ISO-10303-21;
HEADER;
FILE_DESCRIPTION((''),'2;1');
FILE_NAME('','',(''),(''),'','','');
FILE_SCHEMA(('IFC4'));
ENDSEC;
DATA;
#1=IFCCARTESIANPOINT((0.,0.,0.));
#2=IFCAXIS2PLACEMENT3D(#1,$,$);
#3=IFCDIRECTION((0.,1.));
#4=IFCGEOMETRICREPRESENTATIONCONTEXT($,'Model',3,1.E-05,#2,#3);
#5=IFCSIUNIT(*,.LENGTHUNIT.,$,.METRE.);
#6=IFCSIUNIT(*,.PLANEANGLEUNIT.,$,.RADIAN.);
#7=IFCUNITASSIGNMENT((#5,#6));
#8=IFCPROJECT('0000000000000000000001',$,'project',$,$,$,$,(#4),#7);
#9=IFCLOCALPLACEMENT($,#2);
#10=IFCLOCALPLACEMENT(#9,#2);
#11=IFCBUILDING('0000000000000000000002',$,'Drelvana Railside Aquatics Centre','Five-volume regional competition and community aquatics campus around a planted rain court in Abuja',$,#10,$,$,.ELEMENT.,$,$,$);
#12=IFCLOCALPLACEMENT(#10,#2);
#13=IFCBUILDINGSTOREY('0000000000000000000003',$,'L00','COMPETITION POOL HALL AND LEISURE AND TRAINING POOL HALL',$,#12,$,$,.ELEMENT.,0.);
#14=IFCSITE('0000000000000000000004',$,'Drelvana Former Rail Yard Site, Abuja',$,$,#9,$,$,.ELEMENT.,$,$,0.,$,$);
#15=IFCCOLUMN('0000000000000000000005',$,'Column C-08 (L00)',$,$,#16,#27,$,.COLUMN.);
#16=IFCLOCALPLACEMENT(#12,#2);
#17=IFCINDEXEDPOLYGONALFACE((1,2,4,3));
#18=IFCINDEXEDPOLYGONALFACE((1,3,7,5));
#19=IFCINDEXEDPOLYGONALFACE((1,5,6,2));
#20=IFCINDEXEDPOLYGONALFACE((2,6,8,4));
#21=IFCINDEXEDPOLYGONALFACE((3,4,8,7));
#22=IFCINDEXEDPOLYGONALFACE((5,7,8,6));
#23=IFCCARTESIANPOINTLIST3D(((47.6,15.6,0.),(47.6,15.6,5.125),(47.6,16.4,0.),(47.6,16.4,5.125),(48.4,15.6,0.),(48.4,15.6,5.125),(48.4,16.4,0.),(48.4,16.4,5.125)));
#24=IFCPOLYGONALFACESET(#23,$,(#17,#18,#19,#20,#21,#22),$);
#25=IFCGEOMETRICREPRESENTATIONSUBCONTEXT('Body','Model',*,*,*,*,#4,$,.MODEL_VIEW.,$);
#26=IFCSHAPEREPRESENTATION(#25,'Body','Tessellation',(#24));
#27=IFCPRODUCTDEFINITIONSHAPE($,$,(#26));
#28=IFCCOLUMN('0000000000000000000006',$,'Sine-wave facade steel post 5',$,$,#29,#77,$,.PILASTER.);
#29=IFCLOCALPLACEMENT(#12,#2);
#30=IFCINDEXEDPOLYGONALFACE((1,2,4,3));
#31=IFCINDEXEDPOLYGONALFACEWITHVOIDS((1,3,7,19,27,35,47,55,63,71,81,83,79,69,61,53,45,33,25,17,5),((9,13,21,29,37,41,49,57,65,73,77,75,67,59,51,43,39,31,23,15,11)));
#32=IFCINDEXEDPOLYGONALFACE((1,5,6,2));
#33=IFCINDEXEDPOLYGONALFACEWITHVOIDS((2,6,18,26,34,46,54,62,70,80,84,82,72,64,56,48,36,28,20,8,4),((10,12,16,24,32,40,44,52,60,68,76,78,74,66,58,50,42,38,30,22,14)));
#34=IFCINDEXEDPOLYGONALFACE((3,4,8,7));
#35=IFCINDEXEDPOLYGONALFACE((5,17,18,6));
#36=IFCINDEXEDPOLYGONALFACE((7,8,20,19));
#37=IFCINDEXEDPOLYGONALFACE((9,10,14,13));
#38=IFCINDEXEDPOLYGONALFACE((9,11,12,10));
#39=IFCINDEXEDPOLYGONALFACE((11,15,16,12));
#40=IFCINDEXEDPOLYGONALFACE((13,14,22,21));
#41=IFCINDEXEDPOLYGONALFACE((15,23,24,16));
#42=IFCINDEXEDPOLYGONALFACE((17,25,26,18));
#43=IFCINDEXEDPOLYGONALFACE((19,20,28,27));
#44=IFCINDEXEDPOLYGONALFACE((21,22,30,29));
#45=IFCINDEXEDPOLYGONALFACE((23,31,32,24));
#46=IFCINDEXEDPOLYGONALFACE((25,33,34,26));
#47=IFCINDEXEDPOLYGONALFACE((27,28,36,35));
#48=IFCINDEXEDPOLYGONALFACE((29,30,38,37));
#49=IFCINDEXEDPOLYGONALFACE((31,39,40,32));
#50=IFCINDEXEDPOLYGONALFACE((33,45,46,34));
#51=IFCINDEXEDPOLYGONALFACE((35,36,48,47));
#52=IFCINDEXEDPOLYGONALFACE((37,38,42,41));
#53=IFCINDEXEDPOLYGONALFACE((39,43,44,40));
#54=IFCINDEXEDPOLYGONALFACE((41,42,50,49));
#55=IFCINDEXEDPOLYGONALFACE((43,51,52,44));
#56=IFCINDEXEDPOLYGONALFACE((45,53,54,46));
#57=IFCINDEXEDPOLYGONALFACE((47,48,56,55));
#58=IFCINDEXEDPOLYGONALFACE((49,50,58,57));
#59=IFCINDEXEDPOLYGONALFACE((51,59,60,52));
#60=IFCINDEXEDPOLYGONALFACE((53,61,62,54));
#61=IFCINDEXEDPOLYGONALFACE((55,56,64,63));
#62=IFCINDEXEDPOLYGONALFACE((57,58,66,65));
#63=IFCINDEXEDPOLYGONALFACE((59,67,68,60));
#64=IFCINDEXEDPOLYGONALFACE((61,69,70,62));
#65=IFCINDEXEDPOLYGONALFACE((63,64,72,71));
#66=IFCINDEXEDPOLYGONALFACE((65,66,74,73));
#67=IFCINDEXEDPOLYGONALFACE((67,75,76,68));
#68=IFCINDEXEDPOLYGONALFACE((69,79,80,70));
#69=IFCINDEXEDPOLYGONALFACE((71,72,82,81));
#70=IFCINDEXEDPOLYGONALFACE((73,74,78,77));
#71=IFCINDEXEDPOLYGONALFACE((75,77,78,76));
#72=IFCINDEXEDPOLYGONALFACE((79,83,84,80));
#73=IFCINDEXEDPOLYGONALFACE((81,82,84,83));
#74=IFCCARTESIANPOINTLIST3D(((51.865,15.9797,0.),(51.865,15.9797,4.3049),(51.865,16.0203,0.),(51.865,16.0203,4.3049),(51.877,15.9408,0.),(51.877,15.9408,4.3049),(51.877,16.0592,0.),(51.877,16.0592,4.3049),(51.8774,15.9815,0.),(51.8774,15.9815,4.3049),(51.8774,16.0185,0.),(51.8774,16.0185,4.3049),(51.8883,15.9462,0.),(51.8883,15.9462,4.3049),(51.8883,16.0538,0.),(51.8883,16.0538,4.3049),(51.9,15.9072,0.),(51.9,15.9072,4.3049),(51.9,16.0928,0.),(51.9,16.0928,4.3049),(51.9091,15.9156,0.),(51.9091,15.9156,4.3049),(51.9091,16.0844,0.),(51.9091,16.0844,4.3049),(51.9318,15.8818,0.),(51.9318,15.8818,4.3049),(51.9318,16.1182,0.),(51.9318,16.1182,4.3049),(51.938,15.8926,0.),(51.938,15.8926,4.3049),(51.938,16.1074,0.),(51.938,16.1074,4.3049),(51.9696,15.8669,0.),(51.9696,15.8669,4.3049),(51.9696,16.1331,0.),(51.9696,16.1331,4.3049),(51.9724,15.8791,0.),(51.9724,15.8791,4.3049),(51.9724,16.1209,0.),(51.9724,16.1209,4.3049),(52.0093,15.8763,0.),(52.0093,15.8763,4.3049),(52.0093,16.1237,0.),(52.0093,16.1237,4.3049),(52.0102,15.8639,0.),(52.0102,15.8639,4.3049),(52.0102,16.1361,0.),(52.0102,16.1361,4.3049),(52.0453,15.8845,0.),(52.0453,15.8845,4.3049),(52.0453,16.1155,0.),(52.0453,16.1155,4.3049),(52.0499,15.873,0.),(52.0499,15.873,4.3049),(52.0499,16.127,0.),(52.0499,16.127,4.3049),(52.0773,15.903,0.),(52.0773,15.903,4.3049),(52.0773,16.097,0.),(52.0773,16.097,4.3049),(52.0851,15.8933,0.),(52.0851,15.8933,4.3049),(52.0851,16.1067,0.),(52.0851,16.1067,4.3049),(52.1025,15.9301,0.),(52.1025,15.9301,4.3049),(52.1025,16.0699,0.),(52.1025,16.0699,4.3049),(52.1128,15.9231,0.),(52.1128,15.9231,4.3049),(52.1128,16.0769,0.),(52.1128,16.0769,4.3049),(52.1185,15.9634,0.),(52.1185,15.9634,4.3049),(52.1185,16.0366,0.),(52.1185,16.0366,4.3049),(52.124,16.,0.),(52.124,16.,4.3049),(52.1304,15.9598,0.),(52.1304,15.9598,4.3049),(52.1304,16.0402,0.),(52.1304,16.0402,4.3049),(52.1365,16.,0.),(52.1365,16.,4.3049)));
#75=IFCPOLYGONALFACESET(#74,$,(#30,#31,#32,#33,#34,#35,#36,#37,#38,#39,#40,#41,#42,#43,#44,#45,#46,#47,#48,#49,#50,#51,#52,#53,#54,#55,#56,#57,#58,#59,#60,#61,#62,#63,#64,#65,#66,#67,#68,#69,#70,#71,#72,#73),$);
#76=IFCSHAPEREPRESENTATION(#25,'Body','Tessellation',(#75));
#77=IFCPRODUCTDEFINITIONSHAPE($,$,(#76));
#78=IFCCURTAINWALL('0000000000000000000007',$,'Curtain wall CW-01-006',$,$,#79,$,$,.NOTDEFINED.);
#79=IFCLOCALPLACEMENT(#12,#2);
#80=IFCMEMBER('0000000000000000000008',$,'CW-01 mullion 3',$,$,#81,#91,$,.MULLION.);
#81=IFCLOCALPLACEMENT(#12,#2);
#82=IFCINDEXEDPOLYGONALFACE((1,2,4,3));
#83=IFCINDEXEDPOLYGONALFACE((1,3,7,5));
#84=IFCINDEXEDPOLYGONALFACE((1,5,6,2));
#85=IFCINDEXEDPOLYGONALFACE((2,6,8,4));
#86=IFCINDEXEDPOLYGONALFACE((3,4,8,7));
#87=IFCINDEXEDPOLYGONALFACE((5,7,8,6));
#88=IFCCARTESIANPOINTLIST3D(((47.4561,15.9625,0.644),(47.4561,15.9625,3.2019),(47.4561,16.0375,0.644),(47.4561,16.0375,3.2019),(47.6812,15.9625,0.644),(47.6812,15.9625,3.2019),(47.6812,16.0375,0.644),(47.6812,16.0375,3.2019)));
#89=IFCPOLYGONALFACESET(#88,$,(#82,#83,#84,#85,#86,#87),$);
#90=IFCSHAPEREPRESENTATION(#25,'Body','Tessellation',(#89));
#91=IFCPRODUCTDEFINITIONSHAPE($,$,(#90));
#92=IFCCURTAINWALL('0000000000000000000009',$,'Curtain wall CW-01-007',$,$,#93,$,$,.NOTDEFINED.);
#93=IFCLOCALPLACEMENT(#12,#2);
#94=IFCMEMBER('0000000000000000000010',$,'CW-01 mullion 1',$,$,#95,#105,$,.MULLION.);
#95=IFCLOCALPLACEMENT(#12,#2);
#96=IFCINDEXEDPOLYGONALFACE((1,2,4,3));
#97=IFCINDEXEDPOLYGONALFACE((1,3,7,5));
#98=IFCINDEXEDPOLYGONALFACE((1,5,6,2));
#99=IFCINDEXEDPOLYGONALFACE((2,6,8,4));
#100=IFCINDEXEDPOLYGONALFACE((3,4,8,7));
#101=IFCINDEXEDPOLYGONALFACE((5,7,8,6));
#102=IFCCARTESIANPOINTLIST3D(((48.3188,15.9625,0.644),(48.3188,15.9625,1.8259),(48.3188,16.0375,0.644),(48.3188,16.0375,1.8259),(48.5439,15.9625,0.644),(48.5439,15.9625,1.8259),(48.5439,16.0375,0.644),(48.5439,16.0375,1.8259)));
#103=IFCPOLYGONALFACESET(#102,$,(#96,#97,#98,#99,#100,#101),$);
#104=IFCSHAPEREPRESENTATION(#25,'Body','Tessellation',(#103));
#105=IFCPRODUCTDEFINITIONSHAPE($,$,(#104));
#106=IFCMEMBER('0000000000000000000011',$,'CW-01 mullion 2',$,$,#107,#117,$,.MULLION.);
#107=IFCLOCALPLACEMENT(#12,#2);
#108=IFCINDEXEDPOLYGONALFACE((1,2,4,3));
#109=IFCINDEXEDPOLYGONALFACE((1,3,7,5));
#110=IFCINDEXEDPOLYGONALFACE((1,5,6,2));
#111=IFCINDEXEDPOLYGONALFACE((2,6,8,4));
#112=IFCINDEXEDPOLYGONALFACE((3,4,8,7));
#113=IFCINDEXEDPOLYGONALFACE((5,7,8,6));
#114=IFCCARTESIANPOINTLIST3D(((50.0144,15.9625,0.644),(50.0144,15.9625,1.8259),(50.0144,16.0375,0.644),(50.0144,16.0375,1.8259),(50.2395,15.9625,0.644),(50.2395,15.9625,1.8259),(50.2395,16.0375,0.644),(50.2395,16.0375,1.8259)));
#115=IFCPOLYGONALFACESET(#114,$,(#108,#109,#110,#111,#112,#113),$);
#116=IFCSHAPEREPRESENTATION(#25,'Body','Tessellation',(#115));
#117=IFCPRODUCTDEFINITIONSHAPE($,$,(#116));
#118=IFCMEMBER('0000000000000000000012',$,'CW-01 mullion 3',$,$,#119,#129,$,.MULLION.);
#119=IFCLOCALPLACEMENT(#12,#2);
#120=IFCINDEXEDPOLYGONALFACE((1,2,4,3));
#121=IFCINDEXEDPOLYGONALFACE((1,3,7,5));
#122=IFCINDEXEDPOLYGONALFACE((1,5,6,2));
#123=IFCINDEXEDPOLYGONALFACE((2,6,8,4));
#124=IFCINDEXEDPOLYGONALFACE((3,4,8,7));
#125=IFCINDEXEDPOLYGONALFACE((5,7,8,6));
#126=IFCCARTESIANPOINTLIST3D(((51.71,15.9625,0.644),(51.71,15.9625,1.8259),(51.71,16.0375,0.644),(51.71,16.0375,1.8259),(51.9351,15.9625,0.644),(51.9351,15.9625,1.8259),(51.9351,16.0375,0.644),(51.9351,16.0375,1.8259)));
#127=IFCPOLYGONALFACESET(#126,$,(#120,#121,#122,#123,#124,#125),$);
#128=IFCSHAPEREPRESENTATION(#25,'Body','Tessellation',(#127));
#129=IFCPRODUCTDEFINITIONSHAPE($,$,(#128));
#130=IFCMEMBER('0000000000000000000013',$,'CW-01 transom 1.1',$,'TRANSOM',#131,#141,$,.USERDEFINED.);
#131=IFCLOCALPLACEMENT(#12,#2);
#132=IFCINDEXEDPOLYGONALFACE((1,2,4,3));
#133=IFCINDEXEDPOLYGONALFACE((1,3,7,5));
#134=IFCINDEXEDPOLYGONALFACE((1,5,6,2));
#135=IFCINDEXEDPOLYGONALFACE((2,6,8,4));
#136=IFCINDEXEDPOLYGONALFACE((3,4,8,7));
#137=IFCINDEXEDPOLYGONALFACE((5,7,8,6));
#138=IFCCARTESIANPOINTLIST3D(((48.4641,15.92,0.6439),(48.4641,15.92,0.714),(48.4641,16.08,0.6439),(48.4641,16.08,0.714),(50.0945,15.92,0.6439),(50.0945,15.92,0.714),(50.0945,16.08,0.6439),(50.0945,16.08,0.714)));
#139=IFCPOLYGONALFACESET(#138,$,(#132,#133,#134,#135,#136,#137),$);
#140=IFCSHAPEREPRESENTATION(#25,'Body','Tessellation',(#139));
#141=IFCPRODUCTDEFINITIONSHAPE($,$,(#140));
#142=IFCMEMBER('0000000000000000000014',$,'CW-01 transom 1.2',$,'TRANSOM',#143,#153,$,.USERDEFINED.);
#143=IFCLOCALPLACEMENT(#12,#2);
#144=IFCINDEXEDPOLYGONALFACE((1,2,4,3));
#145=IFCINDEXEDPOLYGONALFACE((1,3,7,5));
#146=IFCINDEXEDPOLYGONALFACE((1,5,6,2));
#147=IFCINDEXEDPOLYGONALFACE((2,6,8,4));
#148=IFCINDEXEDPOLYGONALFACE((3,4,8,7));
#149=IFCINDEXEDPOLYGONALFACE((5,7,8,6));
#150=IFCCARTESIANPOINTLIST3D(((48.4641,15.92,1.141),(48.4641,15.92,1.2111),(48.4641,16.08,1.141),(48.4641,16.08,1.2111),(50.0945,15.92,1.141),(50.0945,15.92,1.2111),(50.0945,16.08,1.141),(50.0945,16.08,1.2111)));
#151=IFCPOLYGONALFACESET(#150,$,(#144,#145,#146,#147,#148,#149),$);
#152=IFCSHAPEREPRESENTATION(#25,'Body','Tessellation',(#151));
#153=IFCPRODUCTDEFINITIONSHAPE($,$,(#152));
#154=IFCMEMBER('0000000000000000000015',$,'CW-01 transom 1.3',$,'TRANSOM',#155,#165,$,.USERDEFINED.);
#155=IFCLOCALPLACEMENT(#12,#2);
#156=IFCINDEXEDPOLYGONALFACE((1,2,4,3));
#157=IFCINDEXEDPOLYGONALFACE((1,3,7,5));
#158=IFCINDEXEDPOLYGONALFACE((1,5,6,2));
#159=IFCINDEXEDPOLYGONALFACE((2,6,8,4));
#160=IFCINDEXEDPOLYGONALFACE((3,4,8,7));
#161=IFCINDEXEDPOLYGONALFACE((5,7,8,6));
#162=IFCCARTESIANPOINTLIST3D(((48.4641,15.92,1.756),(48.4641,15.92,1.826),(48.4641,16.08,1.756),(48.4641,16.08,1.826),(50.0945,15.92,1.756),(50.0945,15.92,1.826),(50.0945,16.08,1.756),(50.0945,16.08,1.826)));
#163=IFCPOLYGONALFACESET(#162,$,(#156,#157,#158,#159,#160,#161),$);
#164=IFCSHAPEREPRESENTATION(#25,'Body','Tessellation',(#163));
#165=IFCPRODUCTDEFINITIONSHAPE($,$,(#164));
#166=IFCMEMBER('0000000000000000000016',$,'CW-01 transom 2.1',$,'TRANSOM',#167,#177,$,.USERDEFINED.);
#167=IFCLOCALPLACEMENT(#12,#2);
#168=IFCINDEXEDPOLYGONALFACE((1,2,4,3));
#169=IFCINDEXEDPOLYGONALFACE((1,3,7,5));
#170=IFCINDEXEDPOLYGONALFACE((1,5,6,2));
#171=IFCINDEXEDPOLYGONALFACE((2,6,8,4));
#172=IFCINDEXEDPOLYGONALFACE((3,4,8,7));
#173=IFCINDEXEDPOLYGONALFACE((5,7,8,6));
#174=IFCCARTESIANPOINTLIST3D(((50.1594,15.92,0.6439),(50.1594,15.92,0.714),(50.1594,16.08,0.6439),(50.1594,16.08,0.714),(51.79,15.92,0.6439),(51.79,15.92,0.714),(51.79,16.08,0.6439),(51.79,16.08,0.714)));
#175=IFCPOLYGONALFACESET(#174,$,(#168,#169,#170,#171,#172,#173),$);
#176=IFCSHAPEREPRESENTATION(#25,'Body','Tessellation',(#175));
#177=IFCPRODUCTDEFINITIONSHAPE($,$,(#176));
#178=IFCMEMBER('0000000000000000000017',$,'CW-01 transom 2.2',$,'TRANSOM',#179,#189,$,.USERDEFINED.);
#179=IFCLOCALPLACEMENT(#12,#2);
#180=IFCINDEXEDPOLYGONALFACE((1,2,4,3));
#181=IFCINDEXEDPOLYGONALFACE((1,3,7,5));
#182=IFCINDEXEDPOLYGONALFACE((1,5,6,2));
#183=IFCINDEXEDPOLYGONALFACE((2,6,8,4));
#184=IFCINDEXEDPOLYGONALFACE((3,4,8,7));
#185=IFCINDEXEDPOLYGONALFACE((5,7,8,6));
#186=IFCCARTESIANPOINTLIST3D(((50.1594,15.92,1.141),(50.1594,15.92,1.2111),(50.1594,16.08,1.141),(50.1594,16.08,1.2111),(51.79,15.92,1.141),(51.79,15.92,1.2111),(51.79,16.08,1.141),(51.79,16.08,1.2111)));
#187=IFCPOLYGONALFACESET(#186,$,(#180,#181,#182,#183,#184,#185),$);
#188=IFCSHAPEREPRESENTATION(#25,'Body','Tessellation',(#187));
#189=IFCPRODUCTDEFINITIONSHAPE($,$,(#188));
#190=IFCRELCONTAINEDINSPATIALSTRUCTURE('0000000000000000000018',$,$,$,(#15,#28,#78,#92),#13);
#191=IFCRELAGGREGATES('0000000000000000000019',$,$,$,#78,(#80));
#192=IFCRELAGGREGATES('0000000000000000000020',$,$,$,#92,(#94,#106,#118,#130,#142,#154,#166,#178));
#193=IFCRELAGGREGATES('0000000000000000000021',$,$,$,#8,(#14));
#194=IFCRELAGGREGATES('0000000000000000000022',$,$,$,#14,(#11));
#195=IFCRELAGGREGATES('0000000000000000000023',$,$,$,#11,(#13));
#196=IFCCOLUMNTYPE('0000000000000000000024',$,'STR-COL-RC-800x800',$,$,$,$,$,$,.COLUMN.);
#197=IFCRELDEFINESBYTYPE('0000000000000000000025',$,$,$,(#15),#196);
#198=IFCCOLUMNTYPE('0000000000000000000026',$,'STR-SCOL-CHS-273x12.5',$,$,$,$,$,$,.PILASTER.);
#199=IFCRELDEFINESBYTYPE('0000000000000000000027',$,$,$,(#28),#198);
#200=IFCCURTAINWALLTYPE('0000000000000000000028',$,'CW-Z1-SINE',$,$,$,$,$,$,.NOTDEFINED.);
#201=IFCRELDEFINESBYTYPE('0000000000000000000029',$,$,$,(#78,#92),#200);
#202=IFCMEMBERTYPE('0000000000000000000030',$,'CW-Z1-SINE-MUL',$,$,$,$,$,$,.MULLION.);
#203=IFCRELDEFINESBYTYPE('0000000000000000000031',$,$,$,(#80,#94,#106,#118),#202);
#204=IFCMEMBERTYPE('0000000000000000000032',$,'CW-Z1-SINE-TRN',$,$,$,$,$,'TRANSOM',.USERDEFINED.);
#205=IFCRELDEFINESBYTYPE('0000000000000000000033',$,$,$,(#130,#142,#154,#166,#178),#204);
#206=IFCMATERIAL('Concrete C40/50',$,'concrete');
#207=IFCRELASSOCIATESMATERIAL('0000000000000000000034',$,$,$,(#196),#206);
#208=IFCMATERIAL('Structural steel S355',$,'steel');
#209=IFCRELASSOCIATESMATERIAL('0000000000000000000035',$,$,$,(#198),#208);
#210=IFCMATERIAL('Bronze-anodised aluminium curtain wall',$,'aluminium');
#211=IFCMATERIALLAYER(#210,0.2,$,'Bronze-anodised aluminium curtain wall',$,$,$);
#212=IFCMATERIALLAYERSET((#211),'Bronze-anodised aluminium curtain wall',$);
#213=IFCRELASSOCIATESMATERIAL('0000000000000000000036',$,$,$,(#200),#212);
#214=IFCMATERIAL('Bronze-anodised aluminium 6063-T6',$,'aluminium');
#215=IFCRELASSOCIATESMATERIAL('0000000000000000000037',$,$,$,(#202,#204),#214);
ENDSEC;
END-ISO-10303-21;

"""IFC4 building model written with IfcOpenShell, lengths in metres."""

from ifc_helpers import new_model, si_unit, direction, frame, origin, origin_2d, place, context, subcontext, project, spatial, rectangle, hollow_circle, extrude, material, layer, layer_set, material_profile, profile_set, type_object, element, aggregate, save


model = new_model("IFC4")

# Units and contexts
model_context = context("Model", 3, precision=1e-05, world=origin(), true_north=direction((0.0, 1.0)))
body_context = subcontext(model_context, "Body", "Model", "MODEL_VIEW")
ifc_project = project(units=[si_unit("LENGTHUNIT", "METRE"), si_unit("PLANEANGLEUNIT", "RADIAN")], contexts=[model_context])

# Site, building, storey
site_placement = place(None, origin())
site = spatial("IfcSite", under=ifc_project, at=site_placement, Name="Drelvana Former Rail Yard Site, Abuja", CompositionType="ELEMENT", RefElevation=0.0)
building_placement = place(site_placement, origin())
building = spatial("IfcBuilding", under=site, at=building_placement, Name="Drelvana Railside Aquatics Centre", Description="Five-volume regional competition and community aquatics campus around a planted rain court in Abuja", CompositionType="ELEMENT")
storey_placement = place(building_placement, origin())
storey = spatial("IfcBuildingStorey", under=building, at=storey_placement, Name="L00", Description="COMPETITION POOL HALL AND LEISURE AND TRAINING POOL HALL", CompositionType="ELEMENT", Elevation=0.0)

# Columns
ifc_material_1 = material(Name="Concrete C40/50", Category="concrete")
ifc_material_profile_1 = material_profile(ifc_material_1, rectangle(XDim=0.8, YDim=0.8, at=origin_2d()), Name="RC 800x800")
ifc_profile_set_1 = profile_set([ifc_material_profile_1], Name="Concrete C40/50")
column_type_1 = type_object("IfcColumnType", Name="STR-COL-RC-800x800", PredefinedType="COLUMN", material=ifc_profile_set_1)
column_1_placement = place(storey_placement, frame((48.0, 16.0, 0.0), z_axis=(0.0, 0.0, 1.0), x_axis=(1.0, 0.0, 0.0)))
element("IfcColumn", 1, at=column_1_placement, inside=storey, type_object=column_type_1, Name="Column C-08 (L00)", PredefinedType="COLUMN", context=body_context, shape_type="SweptSolid", body=[
    extrude(rectangle(XDim=0.8, YDim=0.8, at=origin_2d()), origin(), (0.0, 0.0, 1.0), 5.125),
])
ifc_material_2 = material(Name="Structural steel S355", Category="steel")
ifc_material_profile_2 = material_profile(ifc_material_2, hollow_circle(Radius=0.1365, WallThickness=0.0125, at=origin_2d()), Name="CHS 273x12.5")
ifc_profile_set_2 = profile_set([ifc_material_profile_2], Name="Structural steel S355")
column_type_2 = type_object("IfcColumnType", Name="STR-SCOL-CHS-273x12.5", PredefinedType="PILASTER", material=ifc_profile_set_2)
column_2_placement = place(storey_placement, frame((52.0, 16.0, 0.0), z_axis=(0.0, 0.0, 1.0), x_axis=(1.0, 0.0, 0.0)))
element("IfcColumn", 2, at=column_2_placement, inside=storey, type_object=column_type_2, Name="Sine-wave facade steel post 5", PredefinedType="PILASTER", context=body_context, shape_type="SweptSolid", body=[
    extrude(hollow_circle(Radius=0.1365, WallThickness=0.0125, at=origin_2d()), origin(), (0.0, 0.0, 1.0), 4.3049),
])

# Curtain wall, member
ifc_material_3 = material(Name="Bronze-anodised aluminium curtain wall", Category="aluminium")
ifc_layer_1 = layer(ifc_material_3, 0.2, Name="Bronze-anodised aluminium curtain wall")
ifc_layer_set_1 = layer_set([ifc_layer_1], Name="Bronze-anodised aluminium curtain wall")
curtain_wall_type = type_object("IfcCurtainWallType", Name="CW-Z1-SINE", PredefinedType="NOTDEFINED", material=ifc_layer_set_1)
curtain_wall_1_placement = place(storey_placement, origin())
curtain_wall_1 = element("IfcCurtainWall", 3, at=curtain_wall_1_placement, inside=storey, type_object=curtain_wall_type, Name="Curtain wall CW-01-006", PredefinedType="NOTDEFINED")
ifc_material_4 = material(Name="Bronze-anodised aluminium 6063-T6", Category="aluminium")
ifc_material_profile_3 = material_profile(ifc_material_4, rectangle(XDim=0.075, YDim=0.2251, at=origin_2d()), Name="ALU-M 75x225")
ifc_profile_set_3 = profile_set([ifc_material_profile_3], Name="Bronze-anodised aluminium 6063-T6")
member_type_1 = type_object("IfcMemberType", Name="CW-Z1-SINE-MUL", PredefinedType="MULLION", material=ifc_profile_set_3)
member_1_placement = place(storey_placement, frame((47.5686, 16.0, 0.644), z_axis=(0.0, 0.0, 1.0), x_axis=(0.0, 1.0, 0.0)))
member_1 = element("IfcMember", 4, at=member_1_placement, type_object=member_type_1, Name="CW-01 mullion 3", PredefinedType="MULLION", context=body_context, shape_type="SweptSolid", body=[
    extrude(rectangle(XDim=0.075, YDim=0.2251, at=origin_2d()), origin(), (0.0, 0.0, 1.0), 2.5579),
])
aggregate(curtain_wall_1, [member_1])

# Curtain wall, members
curtain_wall_2_placement = place(storey_placement, origin())
curtain_wall_2 = element("IfcCurtainWall", 5, at=curtain_wall_2_placement, inside=storey, type_object=curtain_wall_type, Name="Curtain wall CW-01-007", PredefinedType="NOTDEFINED")
member_2_placement = place(storey_placement, frame((48.4314, 16.0, 0.644), z_axis=(0.0, 0.0, 1.0), x_axis=(0.0, 1.0, 0.0)))
member_2 = element("IfcMember", 6, at=member_2_placement, type_object=member_type_1, Name="CW-01 mullion 1", PredefinedType="MULLION", context=body_context, shape_type="SweptSolid", body=[
    extrude(rectangle(XDim=0.075, YDim=0.2251, at=origin_2d()), origin(), (0.0, 0.0, 1.0), 1.1819),
])
member_3_placement = place(storey_placement, frame((50.127, 16.0, 0.644), z_axis=(0.0, 0.0, 1.0), x_axis=(0.0, 1.0, 0.0)))
member_3 = element("IfcMember", 7, at=member_3_placement, type_object=member_type_1, Name="CW-01 mullion 2", PredefinedType="MULLION", context=body_context, shape_type="SweptSolid", body=[
    extrude(rectangle(XDim=0.075, YDim=0.2251, at=origin_2d()), origin(), (0.0, 0.0, 1.0), 1.1819),
])
member_4_placement = place(storey_placement, frame((51.8225, 16.0, 0.644), z_axis=(0.0, 0.0, 1.0), x_axis=(0.0, 1.0, 0.0)))
member_4 = element("IfcMember", 8, at=member_4_placement, type_object=member_type_1, Name="CW-01 mullion 3", PredefinedType="MULLION", context=body_context, shape_type="SweptSolid", body=[
    extrude(rectangle(XDim=0.075, YDim=0.2251, at=origin_2d()), origin(), (0.0, 0.0, 1.0), 1.1819),
])
ifc_material_profile_4 = material_profile(ifc_material_4, rectangle(XDim=0.1599, YDim=0.0701, at=origin_2d()), Name="ALU-T 70x160")
ifc_profile_set_4 = profile_set([ifc_material_profile_4], Name="Bronze-anodised aluminium 6063-T6")
member_type_2 = type_object("IfcMemberType", Name="CW-Z1-SINE-TRN", ElementType="TRANSOM", PredefinedType="USERDEFINED", material=ifc_profile_set_4)
member_5_placement = place(storey_placement, frame((48.4641, 16.0, 0.679), z_axis=(1.0, 0.0, 0.0), x_axis=(0.0, 1.0, 0.0)))
member_5 = element("IfcMember", 9, at=member_5_placement, type_object=member_type_2, Name="CW-01 transom 1.1", ObjectType="TRANSOM", PredefinedType="USERDEFINED", context=body_context, shape_type="SweptSolid", body=[
    extrude(rectangle(XDim=0.1599, YDim=0.0701, at=origin_2d()), origin(), (0.0, 0.0, 1.0), 1.6304),
])
member_6_placement = place(storey_placement, frame((48.4641, 16.0, 1.176), z_axis=(1.0, 0.0, 0.0), x_axis=(0.0, 1.0, 0.0)))
member_6 = element("IfcMember", 10, at=member_6_placement, type_object=member_type_2, Name="CW-01 transom 1.2", ObjectType="TRANSOM", PredefinedType="USERDEFINED", context=body_context, shape_type="SweptSolid", body=[
    extrude(rectangle(XDim=0.1599, YDim=0.0701, at=origin_2d()), origin(), (0.0, 0.0, 1.0), 1.6304),
])
member_7_placement = place(storey_placement, frame((48.4641, 16.0, 1.791), z_axis=(1.0, 0.0, 0.0), x_axis=(0.0, 1.0, 0.0)))
member_7 = element("IfcMember", 11, at=member_7_placement, type_object=member_type_2, Name="CW-01 transom 1.3", ObjectType="TRANSOM", PredefinedType="USERDEFINED", context=body_context, shape_type="SweptSolid", body=[
    extrude(rectangle(XDim=0.1599, YDim=0.0701, at=origin_2d()), origin(), (0.0, 0.0, 1.0), 1.6304),
])
member_8_placement = place(storey_placement, frame((50.1594, 16.0, 0.679), z_axis=(1.0, 0.0, 0.0), x_axis=(0.0, 1.0, 0.0)))
member_8 = element("IfcMember", 12, at=member_8_placement, type_object=member_type_2, Name="CW-01 transom 2.1", ObjectType="TRANSOM", PredefinedType="USERDEFINED", context=body_context, shape_type="SweptSolid", body=[
    extrude(rectangle(XDim=0.1599, YDim=0.0701, at=origin_2d()), origin(), (0.0, 0.0, 1.0), 1.6306),
])
member_9_placement = place(storey_placement, frame((50.1594, 16.0, 1.176), z_axis=(1.0, 0.0, 0.0), x_axis=(0.0, 1.0, 0.0)))
member_9 = element("IfcMember", 13, at=member_9_placement, type_object=member_type_2, Name="CW-01 transom 2.2", ObjectType="TRANSOM", PredefinedType="USERDEFINED", context=body_context, shape_type="SweptSolid", body=[
    extrude(rectangle(XDim=0.1599, YDim=0.0701, at=origin_2d()), origin(), (0.0, 0.0, 1.0), 1.6306),
])

aggregate(curtain_wall_2, [member_2, member_3, member_4, member_5, member_6, member_7, member_8, member_9])

save(model, "model.ifc")
